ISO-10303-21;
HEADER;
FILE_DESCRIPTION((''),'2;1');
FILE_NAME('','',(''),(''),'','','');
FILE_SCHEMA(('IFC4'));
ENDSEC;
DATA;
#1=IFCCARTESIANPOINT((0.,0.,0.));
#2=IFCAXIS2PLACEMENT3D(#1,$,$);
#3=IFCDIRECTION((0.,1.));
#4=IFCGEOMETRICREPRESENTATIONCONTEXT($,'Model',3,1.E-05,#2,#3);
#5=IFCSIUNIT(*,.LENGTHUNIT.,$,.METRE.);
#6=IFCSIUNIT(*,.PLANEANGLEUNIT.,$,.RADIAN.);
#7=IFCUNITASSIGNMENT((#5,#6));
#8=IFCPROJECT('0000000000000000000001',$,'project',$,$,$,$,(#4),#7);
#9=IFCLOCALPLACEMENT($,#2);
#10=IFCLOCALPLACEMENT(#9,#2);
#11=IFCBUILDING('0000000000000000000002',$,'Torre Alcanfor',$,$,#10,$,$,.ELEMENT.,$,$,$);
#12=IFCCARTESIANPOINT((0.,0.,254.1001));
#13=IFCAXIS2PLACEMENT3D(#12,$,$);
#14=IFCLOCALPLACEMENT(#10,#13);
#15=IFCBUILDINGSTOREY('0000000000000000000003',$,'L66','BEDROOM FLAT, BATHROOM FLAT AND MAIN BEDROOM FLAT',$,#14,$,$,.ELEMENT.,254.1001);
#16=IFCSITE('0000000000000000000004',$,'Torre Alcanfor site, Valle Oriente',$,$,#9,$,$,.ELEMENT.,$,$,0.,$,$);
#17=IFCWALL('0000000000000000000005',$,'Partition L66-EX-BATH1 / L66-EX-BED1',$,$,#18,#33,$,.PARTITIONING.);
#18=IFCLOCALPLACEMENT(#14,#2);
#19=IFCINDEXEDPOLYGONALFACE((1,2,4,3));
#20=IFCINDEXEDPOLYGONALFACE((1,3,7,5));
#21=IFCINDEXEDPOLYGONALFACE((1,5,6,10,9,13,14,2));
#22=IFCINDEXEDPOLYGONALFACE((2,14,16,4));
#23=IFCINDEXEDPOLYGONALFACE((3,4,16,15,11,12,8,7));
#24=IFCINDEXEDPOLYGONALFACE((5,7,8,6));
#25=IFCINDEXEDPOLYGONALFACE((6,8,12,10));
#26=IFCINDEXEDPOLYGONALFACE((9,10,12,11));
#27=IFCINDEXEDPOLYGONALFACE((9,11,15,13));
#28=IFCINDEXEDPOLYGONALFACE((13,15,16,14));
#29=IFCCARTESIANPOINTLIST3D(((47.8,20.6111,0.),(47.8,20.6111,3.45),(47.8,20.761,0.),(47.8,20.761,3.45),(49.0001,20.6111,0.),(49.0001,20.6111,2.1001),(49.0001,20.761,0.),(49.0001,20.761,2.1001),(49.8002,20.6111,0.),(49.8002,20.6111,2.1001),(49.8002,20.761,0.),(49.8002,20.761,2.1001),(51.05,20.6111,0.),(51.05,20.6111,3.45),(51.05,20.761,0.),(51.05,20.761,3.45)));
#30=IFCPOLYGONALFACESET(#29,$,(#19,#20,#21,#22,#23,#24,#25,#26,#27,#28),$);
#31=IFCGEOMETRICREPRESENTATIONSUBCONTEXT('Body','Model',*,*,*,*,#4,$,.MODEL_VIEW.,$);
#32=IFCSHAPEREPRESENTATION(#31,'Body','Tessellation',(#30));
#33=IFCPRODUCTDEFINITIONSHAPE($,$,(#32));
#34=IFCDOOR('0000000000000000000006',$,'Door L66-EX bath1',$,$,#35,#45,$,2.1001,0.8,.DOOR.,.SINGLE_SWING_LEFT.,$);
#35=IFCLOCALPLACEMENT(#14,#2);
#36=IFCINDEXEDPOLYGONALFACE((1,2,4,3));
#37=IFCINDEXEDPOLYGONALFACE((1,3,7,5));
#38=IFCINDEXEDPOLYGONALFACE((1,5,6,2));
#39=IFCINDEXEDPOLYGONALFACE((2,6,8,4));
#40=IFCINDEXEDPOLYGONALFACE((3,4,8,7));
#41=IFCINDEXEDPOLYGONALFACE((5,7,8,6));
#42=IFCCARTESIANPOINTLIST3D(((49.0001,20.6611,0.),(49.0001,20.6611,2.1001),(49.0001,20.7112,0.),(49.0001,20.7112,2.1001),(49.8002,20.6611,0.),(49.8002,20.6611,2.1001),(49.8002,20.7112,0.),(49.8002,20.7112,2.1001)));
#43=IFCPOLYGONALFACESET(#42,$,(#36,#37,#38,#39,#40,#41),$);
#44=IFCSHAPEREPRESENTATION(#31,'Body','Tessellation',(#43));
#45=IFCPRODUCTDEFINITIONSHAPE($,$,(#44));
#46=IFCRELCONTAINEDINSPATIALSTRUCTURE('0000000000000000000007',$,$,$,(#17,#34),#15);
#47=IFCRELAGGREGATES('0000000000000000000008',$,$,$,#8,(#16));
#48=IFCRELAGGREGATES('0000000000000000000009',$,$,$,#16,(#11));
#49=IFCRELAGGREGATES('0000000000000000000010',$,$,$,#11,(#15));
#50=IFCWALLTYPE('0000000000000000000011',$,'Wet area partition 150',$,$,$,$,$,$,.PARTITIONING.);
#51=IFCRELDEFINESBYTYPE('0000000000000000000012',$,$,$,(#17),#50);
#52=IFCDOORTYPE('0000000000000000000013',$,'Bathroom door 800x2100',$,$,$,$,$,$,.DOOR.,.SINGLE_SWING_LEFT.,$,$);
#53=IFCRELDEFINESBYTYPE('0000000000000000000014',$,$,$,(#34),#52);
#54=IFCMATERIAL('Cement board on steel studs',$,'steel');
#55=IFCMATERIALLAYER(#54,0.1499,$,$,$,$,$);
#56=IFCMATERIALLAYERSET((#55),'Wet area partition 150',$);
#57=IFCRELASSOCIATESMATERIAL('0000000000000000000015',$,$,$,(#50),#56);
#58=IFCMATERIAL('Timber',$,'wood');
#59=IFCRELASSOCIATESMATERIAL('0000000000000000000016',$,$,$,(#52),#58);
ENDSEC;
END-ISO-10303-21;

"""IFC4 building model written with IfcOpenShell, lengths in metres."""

from ifc_helpers import new_model, si_unit, direction, frame, frame_2d, origin, place, context, subcontext, project, spatial, rectangle, extrude, material, layer, layer_set, type_object, element, fill, save


model = new_model("IFC4")

# Units and contexts
model_context = context("Model", 3, precision=1e-05, world=origin(), true_north=direction((0.0, 1.0)))
body_context = subcontext(model_context, "Body", "Model", "MODEL_VIEW")
ifc_project = project(units=[si_unit("LENGTHUNIT", "METRE"), si_unit("PLANEANGLEUNIT", "RADIAN")], contexts=[model_context])

# Site, building, storey
site_placement = place(None, origin())
site = spatial("IfcSite", under=ifc_project, at=site_placement, Name="Torre Alcanfor site, Valle Oriente", CompositionType="ELEMENT", RefElevation=0.0)
building_placement = place(site_placement, origin())
building = spatial("IfcBuilding", under=site, at=building_placement, Name="Torre Alcanfor", CompositionType="ELEMENT")
storey_placement = place(building_placement, frame((0.0, 0.0, 254.1001)))
storey = spatial("IfcBuildingStorey", under=building, at=storey_placement, Name="L66", Description="BEDROOM FLAT, BATHROOM FLAT AND MAIN BEDROOM FLAT", CompositionType="ELEMENT", Elevation=254.1001)

# Wall, opening, door
ifc_material_1 = material(Name="Cement board on steel studs", Category="steel")
ifc_layer_1 = layer(ifc_material_1, 0.1499)
ifc_layer_set_1 = layer_set([ifc_layer_1], Name="Wet area partition 150")
wall_type_1 = type_object("IfcWallType", Name="Wet area partition 150", PredefinedType="PARTITIONING", material=ifc_layer_set_1)
wall_1_placement = place(storey_placement, frame((51.05, 20.686, 0.0), z_axis=(0.0, 0.0, 1.0), x_axis=(-1.0, 0.0, 0.0)))
wall_1 = element("IfcWall", 1, at=wall_1_placement, inside=storey, type_object=wall_type_1, Name="Partition L66-EX-BATH1 / L66-EX-BED1", PredefinedType="PARTITIONING", context=body_context, shape_type="SweptSolid", body=[
    extrude(rectangle(XDim=3.25, YDim=0.1499, at=frame_2d((1.625, 0.0))), origin(), (0.0, 0.0, 1.0), 3.45),
])
opening_1_placement = place(wall_1_placement, frame((1.25, 0.0, 0.0)))
opening_1 = element("IfcOpeningElement", 2, at=opening_1_placement, cuts=wall_1, PredefinedType="OPENING", context=body_context, shape_type="SweptSolid", body=[
    extrude(rectangle(XDim=0.8, YDim=2.1001, at=frame_2d((0.3999, 1.05))), frame((0.0, 0.085, 0.0), z_axis=(0.0, -1.0, 0.0), x_axis=(1.0, 0.0, 0.0)), (0.0, 0.0, 1.0), 0.1699),
])
ifc_material_2 = material(Name="Timber", Category="wood")
door_type_1 = type_object("IfcDoorType", Name="Bathroom door 800x2100", OperationType="SINGLE_SWING_LEFT", PredefinedType="DOOR", material=ifc_material_2)
door_1_placement = place(opening_1_placement, frame((0.8, 0.0, 0.0), z_axis=(0.0, 0.0, 1.0), x_axis=(-1.0, 0.0, 0.0)))
door_1 = element("IfcDoor", 3, at=door_1_placement, inside=storey, type_object=door_type_1, Name="Door L66-EX bath1", OperationType="SINGLE_SWING_LEFT", OverallHeight=2.1001, OverallWidth=0.8, PredefinedType="DOOR", context=body_context, shape_type="SweptSolid", body=[
    extrude(rectangle(XDim=0.8, YDim=2.1001, at=frame_2d((0.4001, 1.05))), frame((0.0, 0.0251, 0.0), z_axis=(0.0, -1.0, 0.0), x_axis=(1.0, 0.0, 0.0)), (0.0, 0.0, 1.0), 0.05),
])
fill(opening_1, door_1)

save(model, "model.ifc")
